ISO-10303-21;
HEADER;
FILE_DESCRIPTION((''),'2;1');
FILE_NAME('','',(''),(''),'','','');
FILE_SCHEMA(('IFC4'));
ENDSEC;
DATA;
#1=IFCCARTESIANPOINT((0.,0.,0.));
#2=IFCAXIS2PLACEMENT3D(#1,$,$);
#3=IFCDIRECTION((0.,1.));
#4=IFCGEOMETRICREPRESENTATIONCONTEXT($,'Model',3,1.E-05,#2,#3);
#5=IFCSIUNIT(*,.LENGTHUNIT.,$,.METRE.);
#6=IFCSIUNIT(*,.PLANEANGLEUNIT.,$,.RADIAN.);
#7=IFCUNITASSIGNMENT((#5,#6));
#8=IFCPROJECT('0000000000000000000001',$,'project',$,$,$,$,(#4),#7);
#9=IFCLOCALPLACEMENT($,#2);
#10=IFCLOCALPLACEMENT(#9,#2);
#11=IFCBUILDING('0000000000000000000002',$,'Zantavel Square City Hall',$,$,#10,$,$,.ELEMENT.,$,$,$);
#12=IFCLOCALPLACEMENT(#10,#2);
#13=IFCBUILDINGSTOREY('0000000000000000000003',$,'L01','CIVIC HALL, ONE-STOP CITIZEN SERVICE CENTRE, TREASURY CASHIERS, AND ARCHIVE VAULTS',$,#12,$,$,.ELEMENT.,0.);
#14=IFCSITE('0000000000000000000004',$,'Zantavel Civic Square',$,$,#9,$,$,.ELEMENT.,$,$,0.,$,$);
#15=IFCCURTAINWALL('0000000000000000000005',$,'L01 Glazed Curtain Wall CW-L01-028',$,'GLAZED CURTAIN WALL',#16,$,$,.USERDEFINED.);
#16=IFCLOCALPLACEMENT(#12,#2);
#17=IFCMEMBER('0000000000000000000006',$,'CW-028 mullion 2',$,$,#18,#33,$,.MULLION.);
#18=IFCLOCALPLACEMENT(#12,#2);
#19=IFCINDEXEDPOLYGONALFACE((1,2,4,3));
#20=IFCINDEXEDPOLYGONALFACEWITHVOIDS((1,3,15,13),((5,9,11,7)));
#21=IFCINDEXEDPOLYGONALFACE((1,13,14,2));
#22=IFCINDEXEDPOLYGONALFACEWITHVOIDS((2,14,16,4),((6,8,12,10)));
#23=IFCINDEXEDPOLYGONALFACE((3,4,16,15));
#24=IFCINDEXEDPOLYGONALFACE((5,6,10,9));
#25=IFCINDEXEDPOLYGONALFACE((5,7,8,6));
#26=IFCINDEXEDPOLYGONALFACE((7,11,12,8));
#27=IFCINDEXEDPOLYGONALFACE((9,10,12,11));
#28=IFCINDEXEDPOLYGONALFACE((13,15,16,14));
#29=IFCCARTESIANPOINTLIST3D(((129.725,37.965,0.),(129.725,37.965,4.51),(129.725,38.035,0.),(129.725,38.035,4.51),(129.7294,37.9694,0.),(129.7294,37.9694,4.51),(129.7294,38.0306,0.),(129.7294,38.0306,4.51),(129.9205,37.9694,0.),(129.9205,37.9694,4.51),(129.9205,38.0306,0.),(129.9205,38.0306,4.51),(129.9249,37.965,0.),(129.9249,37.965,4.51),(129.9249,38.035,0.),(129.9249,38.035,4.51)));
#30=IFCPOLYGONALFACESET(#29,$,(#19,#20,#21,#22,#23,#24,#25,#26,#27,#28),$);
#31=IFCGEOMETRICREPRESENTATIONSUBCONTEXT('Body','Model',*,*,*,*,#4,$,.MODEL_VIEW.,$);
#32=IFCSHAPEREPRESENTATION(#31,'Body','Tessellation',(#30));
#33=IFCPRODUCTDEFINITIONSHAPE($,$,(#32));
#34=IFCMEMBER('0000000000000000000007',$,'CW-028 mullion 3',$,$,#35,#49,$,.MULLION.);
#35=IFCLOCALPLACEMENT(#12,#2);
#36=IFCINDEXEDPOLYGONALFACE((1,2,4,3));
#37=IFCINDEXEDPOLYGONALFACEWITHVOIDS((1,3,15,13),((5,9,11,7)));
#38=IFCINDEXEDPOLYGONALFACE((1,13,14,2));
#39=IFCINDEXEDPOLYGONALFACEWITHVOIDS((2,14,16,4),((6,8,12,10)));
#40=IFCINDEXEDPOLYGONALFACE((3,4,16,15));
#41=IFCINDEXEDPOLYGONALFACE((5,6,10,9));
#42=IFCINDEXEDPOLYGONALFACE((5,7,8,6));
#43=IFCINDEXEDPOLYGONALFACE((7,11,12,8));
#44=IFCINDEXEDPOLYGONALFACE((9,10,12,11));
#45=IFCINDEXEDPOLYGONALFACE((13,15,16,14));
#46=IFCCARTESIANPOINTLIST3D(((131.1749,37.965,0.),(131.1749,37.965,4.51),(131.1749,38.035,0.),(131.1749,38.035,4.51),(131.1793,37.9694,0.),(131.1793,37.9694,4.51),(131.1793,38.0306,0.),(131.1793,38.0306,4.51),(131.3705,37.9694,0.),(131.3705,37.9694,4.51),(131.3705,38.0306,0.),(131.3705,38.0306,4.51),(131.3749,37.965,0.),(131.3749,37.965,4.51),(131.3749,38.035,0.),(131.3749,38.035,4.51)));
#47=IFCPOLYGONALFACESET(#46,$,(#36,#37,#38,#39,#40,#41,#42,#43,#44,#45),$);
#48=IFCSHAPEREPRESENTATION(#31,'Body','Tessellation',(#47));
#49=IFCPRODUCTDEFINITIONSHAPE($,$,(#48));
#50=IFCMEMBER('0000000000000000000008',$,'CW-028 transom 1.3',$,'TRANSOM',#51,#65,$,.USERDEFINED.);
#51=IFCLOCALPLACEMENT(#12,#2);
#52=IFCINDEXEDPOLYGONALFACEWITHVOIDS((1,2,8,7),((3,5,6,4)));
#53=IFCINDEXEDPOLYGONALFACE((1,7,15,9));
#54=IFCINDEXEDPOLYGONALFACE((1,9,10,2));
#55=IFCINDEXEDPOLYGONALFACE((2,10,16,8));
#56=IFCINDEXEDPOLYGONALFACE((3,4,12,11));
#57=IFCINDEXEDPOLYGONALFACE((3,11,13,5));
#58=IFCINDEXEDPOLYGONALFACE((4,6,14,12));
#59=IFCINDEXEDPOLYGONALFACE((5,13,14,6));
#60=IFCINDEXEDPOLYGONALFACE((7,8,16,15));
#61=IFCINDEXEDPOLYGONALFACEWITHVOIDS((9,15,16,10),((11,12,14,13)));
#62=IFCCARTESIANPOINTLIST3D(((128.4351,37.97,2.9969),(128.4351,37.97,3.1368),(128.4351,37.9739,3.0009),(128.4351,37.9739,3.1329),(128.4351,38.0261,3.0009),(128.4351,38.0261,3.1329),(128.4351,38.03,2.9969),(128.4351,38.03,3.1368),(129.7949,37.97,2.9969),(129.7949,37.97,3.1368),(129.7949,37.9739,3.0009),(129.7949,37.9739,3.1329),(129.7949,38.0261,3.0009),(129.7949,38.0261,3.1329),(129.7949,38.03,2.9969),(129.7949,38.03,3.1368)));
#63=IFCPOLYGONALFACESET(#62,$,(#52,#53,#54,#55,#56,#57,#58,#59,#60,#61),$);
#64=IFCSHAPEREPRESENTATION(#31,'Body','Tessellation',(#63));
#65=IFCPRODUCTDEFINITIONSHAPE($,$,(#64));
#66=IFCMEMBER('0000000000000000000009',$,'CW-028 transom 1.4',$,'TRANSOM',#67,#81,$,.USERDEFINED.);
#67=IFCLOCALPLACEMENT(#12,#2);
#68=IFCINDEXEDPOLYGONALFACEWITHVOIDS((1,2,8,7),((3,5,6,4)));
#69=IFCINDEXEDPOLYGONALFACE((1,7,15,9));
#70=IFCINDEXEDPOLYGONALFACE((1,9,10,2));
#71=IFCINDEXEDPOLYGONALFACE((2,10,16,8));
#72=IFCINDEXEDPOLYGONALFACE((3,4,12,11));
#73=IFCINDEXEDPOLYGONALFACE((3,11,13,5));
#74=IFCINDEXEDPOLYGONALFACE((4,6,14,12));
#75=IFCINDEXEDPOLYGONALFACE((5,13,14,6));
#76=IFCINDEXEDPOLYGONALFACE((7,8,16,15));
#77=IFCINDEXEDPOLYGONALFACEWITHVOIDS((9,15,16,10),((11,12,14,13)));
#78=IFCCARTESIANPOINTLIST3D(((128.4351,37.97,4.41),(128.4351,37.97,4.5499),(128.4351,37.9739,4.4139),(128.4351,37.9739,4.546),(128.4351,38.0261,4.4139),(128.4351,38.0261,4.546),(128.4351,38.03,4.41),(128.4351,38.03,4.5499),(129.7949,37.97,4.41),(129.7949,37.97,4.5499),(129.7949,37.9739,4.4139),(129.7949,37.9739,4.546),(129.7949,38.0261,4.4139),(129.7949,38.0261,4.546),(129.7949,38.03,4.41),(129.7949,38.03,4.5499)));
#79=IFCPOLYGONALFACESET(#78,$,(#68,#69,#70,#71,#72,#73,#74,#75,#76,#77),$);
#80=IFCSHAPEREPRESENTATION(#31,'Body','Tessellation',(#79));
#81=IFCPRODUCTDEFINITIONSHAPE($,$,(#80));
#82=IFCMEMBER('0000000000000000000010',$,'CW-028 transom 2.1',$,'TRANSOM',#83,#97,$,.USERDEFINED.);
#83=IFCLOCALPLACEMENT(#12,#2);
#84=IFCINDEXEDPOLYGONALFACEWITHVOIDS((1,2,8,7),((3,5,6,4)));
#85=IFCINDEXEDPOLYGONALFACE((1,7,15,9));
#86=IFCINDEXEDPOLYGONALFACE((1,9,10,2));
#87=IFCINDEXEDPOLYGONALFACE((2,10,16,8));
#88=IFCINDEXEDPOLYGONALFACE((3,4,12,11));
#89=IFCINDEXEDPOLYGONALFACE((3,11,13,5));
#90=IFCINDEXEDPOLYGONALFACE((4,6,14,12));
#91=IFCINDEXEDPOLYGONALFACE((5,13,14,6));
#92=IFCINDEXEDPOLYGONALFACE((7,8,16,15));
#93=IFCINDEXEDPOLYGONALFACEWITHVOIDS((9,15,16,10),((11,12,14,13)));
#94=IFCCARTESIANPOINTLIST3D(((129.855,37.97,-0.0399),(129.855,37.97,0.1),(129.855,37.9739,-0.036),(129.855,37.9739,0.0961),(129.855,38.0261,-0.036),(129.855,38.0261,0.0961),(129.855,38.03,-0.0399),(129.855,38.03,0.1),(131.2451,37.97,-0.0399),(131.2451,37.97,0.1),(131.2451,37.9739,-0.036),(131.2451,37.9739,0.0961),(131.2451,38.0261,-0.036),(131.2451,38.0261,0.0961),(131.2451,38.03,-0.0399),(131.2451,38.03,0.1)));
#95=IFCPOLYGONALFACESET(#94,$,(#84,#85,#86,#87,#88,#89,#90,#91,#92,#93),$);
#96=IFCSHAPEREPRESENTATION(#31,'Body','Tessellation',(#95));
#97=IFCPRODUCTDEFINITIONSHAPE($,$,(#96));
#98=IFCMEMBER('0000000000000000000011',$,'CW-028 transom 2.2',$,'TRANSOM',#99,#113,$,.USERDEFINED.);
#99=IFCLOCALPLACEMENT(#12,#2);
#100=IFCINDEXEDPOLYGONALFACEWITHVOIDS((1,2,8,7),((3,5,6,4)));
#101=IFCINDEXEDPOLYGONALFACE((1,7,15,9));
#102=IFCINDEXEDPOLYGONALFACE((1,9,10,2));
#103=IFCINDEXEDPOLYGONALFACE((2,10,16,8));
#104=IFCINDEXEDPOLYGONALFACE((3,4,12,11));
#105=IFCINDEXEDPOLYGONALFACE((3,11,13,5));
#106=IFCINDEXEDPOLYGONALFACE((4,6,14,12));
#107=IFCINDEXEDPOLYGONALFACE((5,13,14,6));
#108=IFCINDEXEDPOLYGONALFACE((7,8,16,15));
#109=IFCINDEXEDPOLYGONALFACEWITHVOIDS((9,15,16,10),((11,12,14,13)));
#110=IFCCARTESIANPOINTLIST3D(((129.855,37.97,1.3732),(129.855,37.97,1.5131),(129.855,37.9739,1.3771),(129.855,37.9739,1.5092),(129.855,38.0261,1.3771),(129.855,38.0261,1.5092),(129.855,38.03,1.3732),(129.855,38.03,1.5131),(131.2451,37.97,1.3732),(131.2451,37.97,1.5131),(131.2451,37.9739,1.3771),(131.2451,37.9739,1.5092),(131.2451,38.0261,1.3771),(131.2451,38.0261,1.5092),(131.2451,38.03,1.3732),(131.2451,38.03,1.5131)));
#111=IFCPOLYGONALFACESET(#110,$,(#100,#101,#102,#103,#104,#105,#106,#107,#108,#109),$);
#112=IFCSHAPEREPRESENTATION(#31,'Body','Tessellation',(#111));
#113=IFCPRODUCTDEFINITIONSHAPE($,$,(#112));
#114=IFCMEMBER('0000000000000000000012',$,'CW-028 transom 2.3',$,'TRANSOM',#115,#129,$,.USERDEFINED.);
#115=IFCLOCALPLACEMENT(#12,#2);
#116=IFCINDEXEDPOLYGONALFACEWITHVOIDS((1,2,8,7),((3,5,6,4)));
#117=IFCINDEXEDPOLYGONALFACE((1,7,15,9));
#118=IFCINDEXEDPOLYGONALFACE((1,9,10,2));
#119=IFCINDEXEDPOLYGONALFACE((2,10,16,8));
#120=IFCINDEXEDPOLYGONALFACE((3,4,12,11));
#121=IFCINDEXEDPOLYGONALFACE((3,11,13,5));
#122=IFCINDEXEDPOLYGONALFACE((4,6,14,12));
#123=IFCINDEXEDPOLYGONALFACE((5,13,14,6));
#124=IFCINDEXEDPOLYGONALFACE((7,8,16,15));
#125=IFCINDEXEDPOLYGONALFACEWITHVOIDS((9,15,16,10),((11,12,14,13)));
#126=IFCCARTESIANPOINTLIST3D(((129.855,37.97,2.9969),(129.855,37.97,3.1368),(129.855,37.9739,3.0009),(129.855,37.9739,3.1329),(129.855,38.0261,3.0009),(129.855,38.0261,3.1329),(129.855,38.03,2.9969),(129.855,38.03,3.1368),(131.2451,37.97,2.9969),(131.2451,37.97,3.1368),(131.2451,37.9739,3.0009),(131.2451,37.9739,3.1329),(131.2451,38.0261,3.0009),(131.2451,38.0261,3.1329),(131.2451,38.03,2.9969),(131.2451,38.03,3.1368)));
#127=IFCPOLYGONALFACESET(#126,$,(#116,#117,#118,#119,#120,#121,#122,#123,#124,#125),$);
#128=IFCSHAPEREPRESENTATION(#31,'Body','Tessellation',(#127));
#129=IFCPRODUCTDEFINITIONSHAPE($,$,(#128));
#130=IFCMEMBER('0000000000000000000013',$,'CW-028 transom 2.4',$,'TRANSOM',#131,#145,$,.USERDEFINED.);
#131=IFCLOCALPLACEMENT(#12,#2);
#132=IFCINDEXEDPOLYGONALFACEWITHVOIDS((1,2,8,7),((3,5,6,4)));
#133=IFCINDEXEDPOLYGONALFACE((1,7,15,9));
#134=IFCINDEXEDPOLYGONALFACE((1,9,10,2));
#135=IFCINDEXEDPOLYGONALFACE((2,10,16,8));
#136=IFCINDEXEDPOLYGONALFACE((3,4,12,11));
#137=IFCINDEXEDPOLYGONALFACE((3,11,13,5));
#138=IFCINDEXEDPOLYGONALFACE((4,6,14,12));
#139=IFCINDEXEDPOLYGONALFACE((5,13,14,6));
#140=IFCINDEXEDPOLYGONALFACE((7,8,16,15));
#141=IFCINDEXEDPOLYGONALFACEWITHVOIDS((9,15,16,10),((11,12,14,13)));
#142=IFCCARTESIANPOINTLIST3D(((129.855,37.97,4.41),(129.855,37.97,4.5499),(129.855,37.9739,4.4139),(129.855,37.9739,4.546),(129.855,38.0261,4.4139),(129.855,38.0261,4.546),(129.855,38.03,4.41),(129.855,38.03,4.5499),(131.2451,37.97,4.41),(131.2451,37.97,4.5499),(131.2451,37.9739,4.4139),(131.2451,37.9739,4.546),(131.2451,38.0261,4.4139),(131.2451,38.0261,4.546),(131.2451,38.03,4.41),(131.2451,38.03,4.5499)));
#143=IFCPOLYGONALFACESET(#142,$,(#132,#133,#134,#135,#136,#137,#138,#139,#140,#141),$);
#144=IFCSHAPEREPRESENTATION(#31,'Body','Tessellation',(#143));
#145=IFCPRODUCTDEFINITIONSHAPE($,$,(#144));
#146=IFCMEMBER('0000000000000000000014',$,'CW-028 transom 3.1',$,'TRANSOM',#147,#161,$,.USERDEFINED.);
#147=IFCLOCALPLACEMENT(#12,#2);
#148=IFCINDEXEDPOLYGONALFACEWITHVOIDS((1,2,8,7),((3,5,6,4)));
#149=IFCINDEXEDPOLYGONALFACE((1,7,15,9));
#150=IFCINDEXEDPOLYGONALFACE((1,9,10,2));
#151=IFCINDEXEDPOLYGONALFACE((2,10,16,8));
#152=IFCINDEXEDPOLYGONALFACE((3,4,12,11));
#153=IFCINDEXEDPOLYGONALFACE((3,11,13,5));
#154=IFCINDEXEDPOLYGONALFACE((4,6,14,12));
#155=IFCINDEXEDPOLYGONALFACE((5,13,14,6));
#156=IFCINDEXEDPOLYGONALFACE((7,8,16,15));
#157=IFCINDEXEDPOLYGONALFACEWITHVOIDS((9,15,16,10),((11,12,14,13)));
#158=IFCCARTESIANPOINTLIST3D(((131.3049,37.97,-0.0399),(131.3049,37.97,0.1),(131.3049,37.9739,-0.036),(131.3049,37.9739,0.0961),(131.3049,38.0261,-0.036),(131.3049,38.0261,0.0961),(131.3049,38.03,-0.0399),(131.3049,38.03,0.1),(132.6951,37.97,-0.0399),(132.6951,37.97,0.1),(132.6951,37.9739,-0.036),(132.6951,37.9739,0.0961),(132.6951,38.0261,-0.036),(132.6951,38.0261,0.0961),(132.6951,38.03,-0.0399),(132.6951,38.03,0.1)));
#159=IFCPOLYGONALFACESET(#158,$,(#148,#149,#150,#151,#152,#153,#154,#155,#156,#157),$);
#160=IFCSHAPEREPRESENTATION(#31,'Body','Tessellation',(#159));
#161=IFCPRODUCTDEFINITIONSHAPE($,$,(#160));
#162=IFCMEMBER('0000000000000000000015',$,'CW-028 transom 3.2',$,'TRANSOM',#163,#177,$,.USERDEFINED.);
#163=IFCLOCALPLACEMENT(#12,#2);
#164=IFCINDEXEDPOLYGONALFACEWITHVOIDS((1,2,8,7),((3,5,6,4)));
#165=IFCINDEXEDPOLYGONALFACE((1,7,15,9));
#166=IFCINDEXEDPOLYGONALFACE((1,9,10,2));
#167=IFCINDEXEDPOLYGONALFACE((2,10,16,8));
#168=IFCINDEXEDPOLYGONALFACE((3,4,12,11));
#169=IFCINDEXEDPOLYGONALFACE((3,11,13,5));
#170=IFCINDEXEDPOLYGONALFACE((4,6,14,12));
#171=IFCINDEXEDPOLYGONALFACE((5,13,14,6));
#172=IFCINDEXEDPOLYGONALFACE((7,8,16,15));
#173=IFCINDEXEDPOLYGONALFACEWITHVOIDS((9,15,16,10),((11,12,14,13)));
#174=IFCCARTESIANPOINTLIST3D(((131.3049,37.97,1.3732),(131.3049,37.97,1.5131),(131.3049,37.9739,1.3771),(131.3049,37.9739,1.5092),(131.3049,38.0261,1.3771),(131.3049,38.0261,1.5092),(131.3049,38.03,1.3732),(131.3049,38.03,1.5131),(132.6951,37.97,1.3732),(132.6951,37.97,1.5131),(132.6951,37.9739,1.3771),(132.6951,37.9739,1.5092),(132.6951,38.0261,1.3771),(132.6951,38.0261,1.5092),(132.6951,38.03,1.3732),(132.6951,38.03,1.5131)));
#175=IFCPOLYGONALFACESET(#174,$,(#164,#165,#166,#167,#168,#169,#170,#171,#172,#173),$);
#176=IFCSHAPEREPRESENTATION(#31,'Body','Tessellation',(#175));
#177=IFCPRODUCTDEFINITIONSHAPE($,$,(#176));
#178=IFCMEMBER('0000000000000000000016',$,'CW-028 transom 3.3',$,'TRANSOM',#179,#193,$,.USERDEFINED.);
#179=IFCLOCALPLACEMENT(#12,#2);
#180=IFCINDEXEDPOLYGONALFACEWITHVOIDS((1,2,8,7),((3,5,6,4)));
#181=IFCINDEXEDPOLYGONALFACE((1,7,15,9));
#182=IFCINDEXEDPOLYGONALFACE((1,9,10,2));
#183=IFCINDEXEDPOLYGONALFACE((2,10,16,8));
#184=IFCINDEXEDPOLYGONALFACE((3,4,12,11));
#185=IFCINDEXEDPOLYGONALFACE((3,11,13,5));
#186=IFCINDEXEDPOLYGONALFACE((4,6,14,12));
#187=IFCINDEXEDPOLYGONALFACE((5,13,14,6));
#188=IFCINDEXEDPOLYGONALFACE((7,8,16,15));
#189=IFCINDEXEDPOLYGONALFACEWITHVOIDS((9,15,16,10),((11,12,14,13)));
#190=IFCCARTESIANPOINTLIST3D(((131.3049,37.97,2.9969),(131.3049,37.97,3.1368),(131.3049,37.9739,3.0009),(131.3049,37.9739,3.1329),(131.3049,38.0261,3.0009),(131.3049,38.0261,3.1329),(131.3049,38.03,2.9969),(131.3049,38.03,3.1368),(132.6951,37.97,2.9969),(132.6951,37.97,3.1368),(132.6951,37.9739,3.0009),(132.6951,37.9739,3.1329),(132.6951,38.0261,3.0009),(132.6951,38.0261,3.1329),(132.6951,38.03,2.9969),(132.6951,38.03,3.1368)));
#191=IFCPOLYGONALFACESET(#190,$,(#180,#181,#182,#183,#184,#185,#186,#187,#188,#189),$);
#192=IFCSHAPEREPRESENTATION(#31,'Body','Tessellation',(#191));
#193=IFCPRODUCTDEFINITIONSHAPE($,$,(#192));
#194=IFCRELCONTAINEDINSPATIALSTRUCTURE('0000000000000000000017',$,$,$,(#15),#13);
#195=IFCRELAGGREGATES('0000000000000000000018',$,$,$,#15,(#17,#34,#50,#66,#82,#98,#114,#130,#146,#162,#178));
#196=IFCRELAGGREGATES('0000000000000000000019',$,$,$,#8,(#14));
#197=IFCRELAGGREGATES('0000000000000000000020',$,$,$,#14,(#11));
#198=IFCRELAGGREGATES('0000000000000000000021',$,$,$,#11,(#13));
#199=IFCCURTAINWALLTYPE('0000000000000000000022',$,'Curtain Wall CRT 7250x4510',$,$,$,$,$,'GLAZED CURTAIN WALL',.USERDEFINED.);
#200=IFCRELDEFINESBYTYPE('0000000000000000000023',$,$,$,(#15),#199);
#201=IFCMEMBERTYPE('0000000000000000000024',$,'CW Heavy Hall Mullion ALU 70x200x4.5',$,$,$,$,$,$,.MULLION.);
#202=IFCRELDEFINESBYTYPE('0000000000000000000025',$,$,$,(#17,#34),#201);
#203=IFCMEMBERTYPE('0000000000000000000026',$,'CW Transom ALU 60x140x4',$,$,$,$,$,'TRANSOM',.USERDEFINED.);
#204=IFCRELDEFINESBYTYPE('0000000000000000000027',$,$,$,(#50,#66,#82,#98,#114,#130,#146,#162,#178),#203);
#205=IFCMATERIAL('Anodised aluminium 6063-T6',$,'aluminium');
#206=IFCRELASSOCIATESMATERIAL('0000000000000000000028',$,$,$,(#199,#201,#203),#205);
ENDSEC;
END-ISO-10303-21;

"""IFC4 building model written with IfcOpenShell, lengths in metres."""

from ifc_helpers import new_model, si_unit, direction, frame, origin, origin_2d, place, context, subcontext, project, spatial, hollow_rectangle, extrude, material, material_profile, profile_set, type_object, element, aggregate, save


model = new_model("IFC4")

# Units and contexts
model_context = context("Model", 3, precision=1e-05, world=origin(), true_north=direction((0.0, 1.0)))
body_context = subcontext(model_context, "Body", "Model", "MODEL_VIEW")
ifc_project = project(units=[si_unit("LENGTHUNIT", "METRE"), si_unit("PLANEANGLEUNIT", "RADIAN")], contexts=[model_context])

# Site, building, storey
site_placement = place(None, origin())
site = spatial("IfcSite", under=ifc_project, at=site_placement, Name="Zantavel Civic Square", CompositionType="ELEMENT", RefElevation=0.0)
building_placement = place(site_placement, origin())
building = spatial("IfcBuilding", under=site, at=building_placement, Name="Zantavel Square City Hall", CompositionType="ELEMENT")
storey_placement = place(building_placement, origin())
storey = spatial("IfcBuildingStorey", under=building, at=storey_placement, Name="L01", Description="CIVIC HALL, ONE-STOP CITIZEN SERVICE CENTRE, TREASURY CASHIERS, AND ARCHIVE VAULTS", CompositionType="ELEMENT", Elevation=0.0)

# Curtain wall, members
ifc_material_1 = material(Name="Anodised aluminium 6063-T6", Category="aluminium")
curtain_wall_type = type_object("IfcCurtainWallType", Name="Curtain Wall CRT 7250x4510", ElementType="GLAZED CURTAIN WALL", PredefinedType="USERDEFINED", material=ifc_material_1)
curtain_wall_placement = place(storey_placement, origin())
curtain_wall = element("IfcCurtainWall", 1, at=curtain_wall_placement, inside=storey, type_object=curtain_wall_type, Name="L01 Glazed Curtain Wall CW-L01-028", ObjectType="GLAZED CURTAIN WALL", PredefinedType="USERDEFINED")
ifc_material_profile_1 = material_profile(ifc_material_1, hollow_rectangle(XDim=0.0701, YDim=0.2, WallThickness=0.0044, at=origin_2d()), Name="ALU 70x200x4.5")
ifc_profile_set_1 = profile_set([ifc_material_profile_1], Name="Anodised aluminium 6063-T6")
member_type_1 = type_object("IfcMemberType", Name="CW Heavy Hall Mullion ALU 70x200x4.5", PredefinedType="MULLION", material=ifc_profile_set_1)
member_1_placement = place(storey_placement, frame((129.825, 38.0, 0.0), z_axis=(0.0, 0.0, 1.0), x_axis=(0.0, 1.0, 0.0)))
member_1 = element("IfcMember", 2, at=member_1_placement, type_object=member_type_1, Name="CW-028 mullion 2", PredefinedType="MULLION", context=body_context, shape_type="SweptSolid", body=[
    extrude(hollow_rectangle(XDim=0.0701, YDim=0.2, WallThickness=0.0044, at=origin_2d()), origin(), (0.0, 0.0, 1.0), 4.51),
])
member_2_placement = place(storey_placement, frame((131.2749, 38.0, 0.0), z_axis=(0.0, 0.0, 1.0), x_axis=(0.0, 1.0, 0.0)))
member_2 = element("IfcMember", 3, at=member_2_placement, type_object=member_type_1, Name="CW-028 mullion 3", PredefinedType="MULLION", context=body_context, shape_type="SweptSolid", body=[
    extrude(hollow_rectangle(XDim=0.0701, YDim=0.2, WallThickness=0.0044, at=origin_2d()), origin(), (0.0, 0.0, 1.0), 4.51),
])
ifc_material_profile_2 = material_profile(ifc_material_1, hollow_rectangle(XDim=0.0601, YDim=0.1399, WallThickness=0.0039, at=origin_2d()), Name="ALU 60x140x4")
ifc_profile_set_2 = profile_set([ifc_material_profile_2], Name="Anodised aluminium 6063-T6")
member_type_2 = type_object("IfcMemberType", Name="CW Transom ALU 60x140x4", ElementType="TRANSOM", PredefinedType="USERDEFINED", material=ifc_profile_set_2)
member_3_placement = place(storey_placement, frame((128.4351, 38.0, 3.0669), z_axis=(1.0, 0.0, 0.0), x_axis=(0.0, 1.0, 0.0)))
member_3 = element("IfcMember", 4, at=member_3_placement, type_object=member_type_2, Name="CW-028 transom 1.3", ObjectType="TRANSOM", PredefinedType="USERDEFINED", context=body_context, shape_type="SweptSolid", body=[
    extrude(hollow_rectangle(XDim=0.0601, YDim=0.1399, WallThickness=0.0039, at=origin_2d()), origin(), (0.0, 0.0, 1.0), 1.3599),
])
member_4_placement = place(storey_placement, frame((128.4351, 38.0, 4.48), z_axis=(1.0, 0.0, 0.0), x_axis=(0.0, 1.0, 0.0)))
member_4 = element("IfcMember", 5, at=member_4_placement, type_object=member_type_2, Name="CW-028 transom 1.4", ObjectType="TRANSOM", PredefinedType="USERDEFINED", context=body_context, shape_type="SweptSolid", body=[
    extrude(hollow_rectangle(XDim=0.0601, YDim=0.1399, WallThickness=0.0039, at=origin_2d()), origin(), (0.0, 0.0, 1.0), 1.3599),
])
member_5_placement = place(storey_placement, frame((129.855, 38.0, 0.03), z_axis=(1.0, 0.0, 0.0), x_axis=(0.0, 1.0, 0.0)))
member_5 = element("IfcMember", 6, at=member_5_placement, type_object=member_type_2, Name="CW-028 transom 2.1", ObjectType="TRANSOM", PredefinedType="USERDEFINED", context=body_context, shape_type="SweptSolid", body=[
    extrude(hollow_rectangle(XDim=0.0601, YDim=0.1399, WallThickness=0.0039, at=origin_2d()), origin(), (0.0, 0.0, 1.0), 1.3901),
])
member_6_placement = place(storey_placement, frame((129.855, 38.0, 1.4431), z_axis=(1.0, 0.0, 0.0), x_axis=(0.0, 1.0, 0.0)))
member_6 = element("IfcMember", 7, at=member_6_placement, type_object=member_type_2, Name="CW-028 transom 2.2", ObjectType="TRANSOM", PredefinedType="USERDEFINED", context=body_context, shape_type="SweptSolid", body=[
    extrude(hollow_rectangle(XDim=0.0601, YDim=0.1399, WallThickness=0.0039, at=origin_2d()), origin(), (0.0, 0.0, 1.0), 1.3901),
])
member_7_placement = place(storey_placement, frame((129.855, 38.0, 3.0669), z_axis=(1.0, 0.0, 0.0), x_axis=(0.0, 1.0, 0.0)))
member_7 = element("IfcMember", 8, at=member_7_placement, type_object=member_type_2, Name="CW-028 transom 2.3", ObjectType="TRANSOM", PredefinedType="USERDEFINED", context=body_context, shape_type="SweptSolid", body=[
    extrude(hollow_rectangle(XDim=0.0601, YDim=0.1399, WallThickness=0.0039, at=origin_2d()), origin(), (0.0, 0.0, 1.0), 1.3901),
])
member_8_placement = place(storey_placement, frame((129.855, 38.0, 4.48), z_axis=(1.0, 0.0, 0.0), x_axis=(0.0, 1.0, 0.0)))
member_8 = element("IfcMember", 9, at=member_8_placement, type_object=member_type_2, Name="CW-028 transom 2.4", ObjectType="TRANSOM", PredefinedType="USERDEFINED", context=body_context, shape_type="SweptSolid", body=[
    extrude(hollow_rectangle(XDim=0.0601, YDim=0.1399, WallThickness=0.0039, at=origin_2d()), origin(), (0.0, 0.0, 1.0), 1.3901),
])
member_9_placement = place(storey_placement, frame((131.3049, 38.0, 0.03), z_axis=(1.0, 0.0, 0.0), x_axis=(0.0, 1.0, 0.0)))
member_9 = element("IfcMember", 10, at=member_9_placement, type_object=member_type_2, Name="CW-028 transom 3.1", ObjectType="TRANSOM", PredefinedType="USERDEFINED", context=body_context, shape_type="SweptSolid", body=[
    extrude(hollow_rectangle(XDim=0.0601, YDim=0.1399, WallThickness=0.0039, at=origin_2d()), origin(), (0.0, 0.0, 1.0), 1.3901),
])
member_10_placement = place(storey_placement, frame((131.3049, 38.0, 1.4431), z_axis=(1.0, 0.0, 0.0), x_axis=(0.0, 1.0, 0.0)))
member_10 = element("IfcMember", 11, at=member_10_placement, type_object=member_type_2, Name="CW-028 transom 3.2", ObjectType="TRANSOM", PredefinedType="USERDEFINED", context=body_context, shape_type="SweptSolid", body=[
    extrude(hollow_rectangle(XDim=0.0601, YDim=0.1399, WallThickness=0.0039, at=origin_2d()), origin(), (0.0, 0.0, 1.0), 1.3901),
])
member_11_placement = place(storey_placement, frame((131.3049, 38.0, 3.0669), z_axis=(1.0, 0.0, 0.0), x_axis=(0.0, 1.0, 0.0)))
member_11 = element("IfcMember", 12, at=member_11_placement, type_object=member_type_2, Name="CW-028 transom 3.3", ObjectType="TRANSOM", PredefinedType="USERDEFINED", context=body_context, shape_type="SweptSolid", body=[
    extrude(hollow_rectangle(XDim=0.0601, YDim=0.1399, WallThickness=0.0039, at=origin_2d()), origin(), (0.0, 0.0, 1.0), 1.3901),
])
aggregate(curtain_wall, [member_1, member_2, member_3, member_4, member_5, member_6, member_7, member_8, member_9, member_10, member_11])

save(model, "model.ifc")
